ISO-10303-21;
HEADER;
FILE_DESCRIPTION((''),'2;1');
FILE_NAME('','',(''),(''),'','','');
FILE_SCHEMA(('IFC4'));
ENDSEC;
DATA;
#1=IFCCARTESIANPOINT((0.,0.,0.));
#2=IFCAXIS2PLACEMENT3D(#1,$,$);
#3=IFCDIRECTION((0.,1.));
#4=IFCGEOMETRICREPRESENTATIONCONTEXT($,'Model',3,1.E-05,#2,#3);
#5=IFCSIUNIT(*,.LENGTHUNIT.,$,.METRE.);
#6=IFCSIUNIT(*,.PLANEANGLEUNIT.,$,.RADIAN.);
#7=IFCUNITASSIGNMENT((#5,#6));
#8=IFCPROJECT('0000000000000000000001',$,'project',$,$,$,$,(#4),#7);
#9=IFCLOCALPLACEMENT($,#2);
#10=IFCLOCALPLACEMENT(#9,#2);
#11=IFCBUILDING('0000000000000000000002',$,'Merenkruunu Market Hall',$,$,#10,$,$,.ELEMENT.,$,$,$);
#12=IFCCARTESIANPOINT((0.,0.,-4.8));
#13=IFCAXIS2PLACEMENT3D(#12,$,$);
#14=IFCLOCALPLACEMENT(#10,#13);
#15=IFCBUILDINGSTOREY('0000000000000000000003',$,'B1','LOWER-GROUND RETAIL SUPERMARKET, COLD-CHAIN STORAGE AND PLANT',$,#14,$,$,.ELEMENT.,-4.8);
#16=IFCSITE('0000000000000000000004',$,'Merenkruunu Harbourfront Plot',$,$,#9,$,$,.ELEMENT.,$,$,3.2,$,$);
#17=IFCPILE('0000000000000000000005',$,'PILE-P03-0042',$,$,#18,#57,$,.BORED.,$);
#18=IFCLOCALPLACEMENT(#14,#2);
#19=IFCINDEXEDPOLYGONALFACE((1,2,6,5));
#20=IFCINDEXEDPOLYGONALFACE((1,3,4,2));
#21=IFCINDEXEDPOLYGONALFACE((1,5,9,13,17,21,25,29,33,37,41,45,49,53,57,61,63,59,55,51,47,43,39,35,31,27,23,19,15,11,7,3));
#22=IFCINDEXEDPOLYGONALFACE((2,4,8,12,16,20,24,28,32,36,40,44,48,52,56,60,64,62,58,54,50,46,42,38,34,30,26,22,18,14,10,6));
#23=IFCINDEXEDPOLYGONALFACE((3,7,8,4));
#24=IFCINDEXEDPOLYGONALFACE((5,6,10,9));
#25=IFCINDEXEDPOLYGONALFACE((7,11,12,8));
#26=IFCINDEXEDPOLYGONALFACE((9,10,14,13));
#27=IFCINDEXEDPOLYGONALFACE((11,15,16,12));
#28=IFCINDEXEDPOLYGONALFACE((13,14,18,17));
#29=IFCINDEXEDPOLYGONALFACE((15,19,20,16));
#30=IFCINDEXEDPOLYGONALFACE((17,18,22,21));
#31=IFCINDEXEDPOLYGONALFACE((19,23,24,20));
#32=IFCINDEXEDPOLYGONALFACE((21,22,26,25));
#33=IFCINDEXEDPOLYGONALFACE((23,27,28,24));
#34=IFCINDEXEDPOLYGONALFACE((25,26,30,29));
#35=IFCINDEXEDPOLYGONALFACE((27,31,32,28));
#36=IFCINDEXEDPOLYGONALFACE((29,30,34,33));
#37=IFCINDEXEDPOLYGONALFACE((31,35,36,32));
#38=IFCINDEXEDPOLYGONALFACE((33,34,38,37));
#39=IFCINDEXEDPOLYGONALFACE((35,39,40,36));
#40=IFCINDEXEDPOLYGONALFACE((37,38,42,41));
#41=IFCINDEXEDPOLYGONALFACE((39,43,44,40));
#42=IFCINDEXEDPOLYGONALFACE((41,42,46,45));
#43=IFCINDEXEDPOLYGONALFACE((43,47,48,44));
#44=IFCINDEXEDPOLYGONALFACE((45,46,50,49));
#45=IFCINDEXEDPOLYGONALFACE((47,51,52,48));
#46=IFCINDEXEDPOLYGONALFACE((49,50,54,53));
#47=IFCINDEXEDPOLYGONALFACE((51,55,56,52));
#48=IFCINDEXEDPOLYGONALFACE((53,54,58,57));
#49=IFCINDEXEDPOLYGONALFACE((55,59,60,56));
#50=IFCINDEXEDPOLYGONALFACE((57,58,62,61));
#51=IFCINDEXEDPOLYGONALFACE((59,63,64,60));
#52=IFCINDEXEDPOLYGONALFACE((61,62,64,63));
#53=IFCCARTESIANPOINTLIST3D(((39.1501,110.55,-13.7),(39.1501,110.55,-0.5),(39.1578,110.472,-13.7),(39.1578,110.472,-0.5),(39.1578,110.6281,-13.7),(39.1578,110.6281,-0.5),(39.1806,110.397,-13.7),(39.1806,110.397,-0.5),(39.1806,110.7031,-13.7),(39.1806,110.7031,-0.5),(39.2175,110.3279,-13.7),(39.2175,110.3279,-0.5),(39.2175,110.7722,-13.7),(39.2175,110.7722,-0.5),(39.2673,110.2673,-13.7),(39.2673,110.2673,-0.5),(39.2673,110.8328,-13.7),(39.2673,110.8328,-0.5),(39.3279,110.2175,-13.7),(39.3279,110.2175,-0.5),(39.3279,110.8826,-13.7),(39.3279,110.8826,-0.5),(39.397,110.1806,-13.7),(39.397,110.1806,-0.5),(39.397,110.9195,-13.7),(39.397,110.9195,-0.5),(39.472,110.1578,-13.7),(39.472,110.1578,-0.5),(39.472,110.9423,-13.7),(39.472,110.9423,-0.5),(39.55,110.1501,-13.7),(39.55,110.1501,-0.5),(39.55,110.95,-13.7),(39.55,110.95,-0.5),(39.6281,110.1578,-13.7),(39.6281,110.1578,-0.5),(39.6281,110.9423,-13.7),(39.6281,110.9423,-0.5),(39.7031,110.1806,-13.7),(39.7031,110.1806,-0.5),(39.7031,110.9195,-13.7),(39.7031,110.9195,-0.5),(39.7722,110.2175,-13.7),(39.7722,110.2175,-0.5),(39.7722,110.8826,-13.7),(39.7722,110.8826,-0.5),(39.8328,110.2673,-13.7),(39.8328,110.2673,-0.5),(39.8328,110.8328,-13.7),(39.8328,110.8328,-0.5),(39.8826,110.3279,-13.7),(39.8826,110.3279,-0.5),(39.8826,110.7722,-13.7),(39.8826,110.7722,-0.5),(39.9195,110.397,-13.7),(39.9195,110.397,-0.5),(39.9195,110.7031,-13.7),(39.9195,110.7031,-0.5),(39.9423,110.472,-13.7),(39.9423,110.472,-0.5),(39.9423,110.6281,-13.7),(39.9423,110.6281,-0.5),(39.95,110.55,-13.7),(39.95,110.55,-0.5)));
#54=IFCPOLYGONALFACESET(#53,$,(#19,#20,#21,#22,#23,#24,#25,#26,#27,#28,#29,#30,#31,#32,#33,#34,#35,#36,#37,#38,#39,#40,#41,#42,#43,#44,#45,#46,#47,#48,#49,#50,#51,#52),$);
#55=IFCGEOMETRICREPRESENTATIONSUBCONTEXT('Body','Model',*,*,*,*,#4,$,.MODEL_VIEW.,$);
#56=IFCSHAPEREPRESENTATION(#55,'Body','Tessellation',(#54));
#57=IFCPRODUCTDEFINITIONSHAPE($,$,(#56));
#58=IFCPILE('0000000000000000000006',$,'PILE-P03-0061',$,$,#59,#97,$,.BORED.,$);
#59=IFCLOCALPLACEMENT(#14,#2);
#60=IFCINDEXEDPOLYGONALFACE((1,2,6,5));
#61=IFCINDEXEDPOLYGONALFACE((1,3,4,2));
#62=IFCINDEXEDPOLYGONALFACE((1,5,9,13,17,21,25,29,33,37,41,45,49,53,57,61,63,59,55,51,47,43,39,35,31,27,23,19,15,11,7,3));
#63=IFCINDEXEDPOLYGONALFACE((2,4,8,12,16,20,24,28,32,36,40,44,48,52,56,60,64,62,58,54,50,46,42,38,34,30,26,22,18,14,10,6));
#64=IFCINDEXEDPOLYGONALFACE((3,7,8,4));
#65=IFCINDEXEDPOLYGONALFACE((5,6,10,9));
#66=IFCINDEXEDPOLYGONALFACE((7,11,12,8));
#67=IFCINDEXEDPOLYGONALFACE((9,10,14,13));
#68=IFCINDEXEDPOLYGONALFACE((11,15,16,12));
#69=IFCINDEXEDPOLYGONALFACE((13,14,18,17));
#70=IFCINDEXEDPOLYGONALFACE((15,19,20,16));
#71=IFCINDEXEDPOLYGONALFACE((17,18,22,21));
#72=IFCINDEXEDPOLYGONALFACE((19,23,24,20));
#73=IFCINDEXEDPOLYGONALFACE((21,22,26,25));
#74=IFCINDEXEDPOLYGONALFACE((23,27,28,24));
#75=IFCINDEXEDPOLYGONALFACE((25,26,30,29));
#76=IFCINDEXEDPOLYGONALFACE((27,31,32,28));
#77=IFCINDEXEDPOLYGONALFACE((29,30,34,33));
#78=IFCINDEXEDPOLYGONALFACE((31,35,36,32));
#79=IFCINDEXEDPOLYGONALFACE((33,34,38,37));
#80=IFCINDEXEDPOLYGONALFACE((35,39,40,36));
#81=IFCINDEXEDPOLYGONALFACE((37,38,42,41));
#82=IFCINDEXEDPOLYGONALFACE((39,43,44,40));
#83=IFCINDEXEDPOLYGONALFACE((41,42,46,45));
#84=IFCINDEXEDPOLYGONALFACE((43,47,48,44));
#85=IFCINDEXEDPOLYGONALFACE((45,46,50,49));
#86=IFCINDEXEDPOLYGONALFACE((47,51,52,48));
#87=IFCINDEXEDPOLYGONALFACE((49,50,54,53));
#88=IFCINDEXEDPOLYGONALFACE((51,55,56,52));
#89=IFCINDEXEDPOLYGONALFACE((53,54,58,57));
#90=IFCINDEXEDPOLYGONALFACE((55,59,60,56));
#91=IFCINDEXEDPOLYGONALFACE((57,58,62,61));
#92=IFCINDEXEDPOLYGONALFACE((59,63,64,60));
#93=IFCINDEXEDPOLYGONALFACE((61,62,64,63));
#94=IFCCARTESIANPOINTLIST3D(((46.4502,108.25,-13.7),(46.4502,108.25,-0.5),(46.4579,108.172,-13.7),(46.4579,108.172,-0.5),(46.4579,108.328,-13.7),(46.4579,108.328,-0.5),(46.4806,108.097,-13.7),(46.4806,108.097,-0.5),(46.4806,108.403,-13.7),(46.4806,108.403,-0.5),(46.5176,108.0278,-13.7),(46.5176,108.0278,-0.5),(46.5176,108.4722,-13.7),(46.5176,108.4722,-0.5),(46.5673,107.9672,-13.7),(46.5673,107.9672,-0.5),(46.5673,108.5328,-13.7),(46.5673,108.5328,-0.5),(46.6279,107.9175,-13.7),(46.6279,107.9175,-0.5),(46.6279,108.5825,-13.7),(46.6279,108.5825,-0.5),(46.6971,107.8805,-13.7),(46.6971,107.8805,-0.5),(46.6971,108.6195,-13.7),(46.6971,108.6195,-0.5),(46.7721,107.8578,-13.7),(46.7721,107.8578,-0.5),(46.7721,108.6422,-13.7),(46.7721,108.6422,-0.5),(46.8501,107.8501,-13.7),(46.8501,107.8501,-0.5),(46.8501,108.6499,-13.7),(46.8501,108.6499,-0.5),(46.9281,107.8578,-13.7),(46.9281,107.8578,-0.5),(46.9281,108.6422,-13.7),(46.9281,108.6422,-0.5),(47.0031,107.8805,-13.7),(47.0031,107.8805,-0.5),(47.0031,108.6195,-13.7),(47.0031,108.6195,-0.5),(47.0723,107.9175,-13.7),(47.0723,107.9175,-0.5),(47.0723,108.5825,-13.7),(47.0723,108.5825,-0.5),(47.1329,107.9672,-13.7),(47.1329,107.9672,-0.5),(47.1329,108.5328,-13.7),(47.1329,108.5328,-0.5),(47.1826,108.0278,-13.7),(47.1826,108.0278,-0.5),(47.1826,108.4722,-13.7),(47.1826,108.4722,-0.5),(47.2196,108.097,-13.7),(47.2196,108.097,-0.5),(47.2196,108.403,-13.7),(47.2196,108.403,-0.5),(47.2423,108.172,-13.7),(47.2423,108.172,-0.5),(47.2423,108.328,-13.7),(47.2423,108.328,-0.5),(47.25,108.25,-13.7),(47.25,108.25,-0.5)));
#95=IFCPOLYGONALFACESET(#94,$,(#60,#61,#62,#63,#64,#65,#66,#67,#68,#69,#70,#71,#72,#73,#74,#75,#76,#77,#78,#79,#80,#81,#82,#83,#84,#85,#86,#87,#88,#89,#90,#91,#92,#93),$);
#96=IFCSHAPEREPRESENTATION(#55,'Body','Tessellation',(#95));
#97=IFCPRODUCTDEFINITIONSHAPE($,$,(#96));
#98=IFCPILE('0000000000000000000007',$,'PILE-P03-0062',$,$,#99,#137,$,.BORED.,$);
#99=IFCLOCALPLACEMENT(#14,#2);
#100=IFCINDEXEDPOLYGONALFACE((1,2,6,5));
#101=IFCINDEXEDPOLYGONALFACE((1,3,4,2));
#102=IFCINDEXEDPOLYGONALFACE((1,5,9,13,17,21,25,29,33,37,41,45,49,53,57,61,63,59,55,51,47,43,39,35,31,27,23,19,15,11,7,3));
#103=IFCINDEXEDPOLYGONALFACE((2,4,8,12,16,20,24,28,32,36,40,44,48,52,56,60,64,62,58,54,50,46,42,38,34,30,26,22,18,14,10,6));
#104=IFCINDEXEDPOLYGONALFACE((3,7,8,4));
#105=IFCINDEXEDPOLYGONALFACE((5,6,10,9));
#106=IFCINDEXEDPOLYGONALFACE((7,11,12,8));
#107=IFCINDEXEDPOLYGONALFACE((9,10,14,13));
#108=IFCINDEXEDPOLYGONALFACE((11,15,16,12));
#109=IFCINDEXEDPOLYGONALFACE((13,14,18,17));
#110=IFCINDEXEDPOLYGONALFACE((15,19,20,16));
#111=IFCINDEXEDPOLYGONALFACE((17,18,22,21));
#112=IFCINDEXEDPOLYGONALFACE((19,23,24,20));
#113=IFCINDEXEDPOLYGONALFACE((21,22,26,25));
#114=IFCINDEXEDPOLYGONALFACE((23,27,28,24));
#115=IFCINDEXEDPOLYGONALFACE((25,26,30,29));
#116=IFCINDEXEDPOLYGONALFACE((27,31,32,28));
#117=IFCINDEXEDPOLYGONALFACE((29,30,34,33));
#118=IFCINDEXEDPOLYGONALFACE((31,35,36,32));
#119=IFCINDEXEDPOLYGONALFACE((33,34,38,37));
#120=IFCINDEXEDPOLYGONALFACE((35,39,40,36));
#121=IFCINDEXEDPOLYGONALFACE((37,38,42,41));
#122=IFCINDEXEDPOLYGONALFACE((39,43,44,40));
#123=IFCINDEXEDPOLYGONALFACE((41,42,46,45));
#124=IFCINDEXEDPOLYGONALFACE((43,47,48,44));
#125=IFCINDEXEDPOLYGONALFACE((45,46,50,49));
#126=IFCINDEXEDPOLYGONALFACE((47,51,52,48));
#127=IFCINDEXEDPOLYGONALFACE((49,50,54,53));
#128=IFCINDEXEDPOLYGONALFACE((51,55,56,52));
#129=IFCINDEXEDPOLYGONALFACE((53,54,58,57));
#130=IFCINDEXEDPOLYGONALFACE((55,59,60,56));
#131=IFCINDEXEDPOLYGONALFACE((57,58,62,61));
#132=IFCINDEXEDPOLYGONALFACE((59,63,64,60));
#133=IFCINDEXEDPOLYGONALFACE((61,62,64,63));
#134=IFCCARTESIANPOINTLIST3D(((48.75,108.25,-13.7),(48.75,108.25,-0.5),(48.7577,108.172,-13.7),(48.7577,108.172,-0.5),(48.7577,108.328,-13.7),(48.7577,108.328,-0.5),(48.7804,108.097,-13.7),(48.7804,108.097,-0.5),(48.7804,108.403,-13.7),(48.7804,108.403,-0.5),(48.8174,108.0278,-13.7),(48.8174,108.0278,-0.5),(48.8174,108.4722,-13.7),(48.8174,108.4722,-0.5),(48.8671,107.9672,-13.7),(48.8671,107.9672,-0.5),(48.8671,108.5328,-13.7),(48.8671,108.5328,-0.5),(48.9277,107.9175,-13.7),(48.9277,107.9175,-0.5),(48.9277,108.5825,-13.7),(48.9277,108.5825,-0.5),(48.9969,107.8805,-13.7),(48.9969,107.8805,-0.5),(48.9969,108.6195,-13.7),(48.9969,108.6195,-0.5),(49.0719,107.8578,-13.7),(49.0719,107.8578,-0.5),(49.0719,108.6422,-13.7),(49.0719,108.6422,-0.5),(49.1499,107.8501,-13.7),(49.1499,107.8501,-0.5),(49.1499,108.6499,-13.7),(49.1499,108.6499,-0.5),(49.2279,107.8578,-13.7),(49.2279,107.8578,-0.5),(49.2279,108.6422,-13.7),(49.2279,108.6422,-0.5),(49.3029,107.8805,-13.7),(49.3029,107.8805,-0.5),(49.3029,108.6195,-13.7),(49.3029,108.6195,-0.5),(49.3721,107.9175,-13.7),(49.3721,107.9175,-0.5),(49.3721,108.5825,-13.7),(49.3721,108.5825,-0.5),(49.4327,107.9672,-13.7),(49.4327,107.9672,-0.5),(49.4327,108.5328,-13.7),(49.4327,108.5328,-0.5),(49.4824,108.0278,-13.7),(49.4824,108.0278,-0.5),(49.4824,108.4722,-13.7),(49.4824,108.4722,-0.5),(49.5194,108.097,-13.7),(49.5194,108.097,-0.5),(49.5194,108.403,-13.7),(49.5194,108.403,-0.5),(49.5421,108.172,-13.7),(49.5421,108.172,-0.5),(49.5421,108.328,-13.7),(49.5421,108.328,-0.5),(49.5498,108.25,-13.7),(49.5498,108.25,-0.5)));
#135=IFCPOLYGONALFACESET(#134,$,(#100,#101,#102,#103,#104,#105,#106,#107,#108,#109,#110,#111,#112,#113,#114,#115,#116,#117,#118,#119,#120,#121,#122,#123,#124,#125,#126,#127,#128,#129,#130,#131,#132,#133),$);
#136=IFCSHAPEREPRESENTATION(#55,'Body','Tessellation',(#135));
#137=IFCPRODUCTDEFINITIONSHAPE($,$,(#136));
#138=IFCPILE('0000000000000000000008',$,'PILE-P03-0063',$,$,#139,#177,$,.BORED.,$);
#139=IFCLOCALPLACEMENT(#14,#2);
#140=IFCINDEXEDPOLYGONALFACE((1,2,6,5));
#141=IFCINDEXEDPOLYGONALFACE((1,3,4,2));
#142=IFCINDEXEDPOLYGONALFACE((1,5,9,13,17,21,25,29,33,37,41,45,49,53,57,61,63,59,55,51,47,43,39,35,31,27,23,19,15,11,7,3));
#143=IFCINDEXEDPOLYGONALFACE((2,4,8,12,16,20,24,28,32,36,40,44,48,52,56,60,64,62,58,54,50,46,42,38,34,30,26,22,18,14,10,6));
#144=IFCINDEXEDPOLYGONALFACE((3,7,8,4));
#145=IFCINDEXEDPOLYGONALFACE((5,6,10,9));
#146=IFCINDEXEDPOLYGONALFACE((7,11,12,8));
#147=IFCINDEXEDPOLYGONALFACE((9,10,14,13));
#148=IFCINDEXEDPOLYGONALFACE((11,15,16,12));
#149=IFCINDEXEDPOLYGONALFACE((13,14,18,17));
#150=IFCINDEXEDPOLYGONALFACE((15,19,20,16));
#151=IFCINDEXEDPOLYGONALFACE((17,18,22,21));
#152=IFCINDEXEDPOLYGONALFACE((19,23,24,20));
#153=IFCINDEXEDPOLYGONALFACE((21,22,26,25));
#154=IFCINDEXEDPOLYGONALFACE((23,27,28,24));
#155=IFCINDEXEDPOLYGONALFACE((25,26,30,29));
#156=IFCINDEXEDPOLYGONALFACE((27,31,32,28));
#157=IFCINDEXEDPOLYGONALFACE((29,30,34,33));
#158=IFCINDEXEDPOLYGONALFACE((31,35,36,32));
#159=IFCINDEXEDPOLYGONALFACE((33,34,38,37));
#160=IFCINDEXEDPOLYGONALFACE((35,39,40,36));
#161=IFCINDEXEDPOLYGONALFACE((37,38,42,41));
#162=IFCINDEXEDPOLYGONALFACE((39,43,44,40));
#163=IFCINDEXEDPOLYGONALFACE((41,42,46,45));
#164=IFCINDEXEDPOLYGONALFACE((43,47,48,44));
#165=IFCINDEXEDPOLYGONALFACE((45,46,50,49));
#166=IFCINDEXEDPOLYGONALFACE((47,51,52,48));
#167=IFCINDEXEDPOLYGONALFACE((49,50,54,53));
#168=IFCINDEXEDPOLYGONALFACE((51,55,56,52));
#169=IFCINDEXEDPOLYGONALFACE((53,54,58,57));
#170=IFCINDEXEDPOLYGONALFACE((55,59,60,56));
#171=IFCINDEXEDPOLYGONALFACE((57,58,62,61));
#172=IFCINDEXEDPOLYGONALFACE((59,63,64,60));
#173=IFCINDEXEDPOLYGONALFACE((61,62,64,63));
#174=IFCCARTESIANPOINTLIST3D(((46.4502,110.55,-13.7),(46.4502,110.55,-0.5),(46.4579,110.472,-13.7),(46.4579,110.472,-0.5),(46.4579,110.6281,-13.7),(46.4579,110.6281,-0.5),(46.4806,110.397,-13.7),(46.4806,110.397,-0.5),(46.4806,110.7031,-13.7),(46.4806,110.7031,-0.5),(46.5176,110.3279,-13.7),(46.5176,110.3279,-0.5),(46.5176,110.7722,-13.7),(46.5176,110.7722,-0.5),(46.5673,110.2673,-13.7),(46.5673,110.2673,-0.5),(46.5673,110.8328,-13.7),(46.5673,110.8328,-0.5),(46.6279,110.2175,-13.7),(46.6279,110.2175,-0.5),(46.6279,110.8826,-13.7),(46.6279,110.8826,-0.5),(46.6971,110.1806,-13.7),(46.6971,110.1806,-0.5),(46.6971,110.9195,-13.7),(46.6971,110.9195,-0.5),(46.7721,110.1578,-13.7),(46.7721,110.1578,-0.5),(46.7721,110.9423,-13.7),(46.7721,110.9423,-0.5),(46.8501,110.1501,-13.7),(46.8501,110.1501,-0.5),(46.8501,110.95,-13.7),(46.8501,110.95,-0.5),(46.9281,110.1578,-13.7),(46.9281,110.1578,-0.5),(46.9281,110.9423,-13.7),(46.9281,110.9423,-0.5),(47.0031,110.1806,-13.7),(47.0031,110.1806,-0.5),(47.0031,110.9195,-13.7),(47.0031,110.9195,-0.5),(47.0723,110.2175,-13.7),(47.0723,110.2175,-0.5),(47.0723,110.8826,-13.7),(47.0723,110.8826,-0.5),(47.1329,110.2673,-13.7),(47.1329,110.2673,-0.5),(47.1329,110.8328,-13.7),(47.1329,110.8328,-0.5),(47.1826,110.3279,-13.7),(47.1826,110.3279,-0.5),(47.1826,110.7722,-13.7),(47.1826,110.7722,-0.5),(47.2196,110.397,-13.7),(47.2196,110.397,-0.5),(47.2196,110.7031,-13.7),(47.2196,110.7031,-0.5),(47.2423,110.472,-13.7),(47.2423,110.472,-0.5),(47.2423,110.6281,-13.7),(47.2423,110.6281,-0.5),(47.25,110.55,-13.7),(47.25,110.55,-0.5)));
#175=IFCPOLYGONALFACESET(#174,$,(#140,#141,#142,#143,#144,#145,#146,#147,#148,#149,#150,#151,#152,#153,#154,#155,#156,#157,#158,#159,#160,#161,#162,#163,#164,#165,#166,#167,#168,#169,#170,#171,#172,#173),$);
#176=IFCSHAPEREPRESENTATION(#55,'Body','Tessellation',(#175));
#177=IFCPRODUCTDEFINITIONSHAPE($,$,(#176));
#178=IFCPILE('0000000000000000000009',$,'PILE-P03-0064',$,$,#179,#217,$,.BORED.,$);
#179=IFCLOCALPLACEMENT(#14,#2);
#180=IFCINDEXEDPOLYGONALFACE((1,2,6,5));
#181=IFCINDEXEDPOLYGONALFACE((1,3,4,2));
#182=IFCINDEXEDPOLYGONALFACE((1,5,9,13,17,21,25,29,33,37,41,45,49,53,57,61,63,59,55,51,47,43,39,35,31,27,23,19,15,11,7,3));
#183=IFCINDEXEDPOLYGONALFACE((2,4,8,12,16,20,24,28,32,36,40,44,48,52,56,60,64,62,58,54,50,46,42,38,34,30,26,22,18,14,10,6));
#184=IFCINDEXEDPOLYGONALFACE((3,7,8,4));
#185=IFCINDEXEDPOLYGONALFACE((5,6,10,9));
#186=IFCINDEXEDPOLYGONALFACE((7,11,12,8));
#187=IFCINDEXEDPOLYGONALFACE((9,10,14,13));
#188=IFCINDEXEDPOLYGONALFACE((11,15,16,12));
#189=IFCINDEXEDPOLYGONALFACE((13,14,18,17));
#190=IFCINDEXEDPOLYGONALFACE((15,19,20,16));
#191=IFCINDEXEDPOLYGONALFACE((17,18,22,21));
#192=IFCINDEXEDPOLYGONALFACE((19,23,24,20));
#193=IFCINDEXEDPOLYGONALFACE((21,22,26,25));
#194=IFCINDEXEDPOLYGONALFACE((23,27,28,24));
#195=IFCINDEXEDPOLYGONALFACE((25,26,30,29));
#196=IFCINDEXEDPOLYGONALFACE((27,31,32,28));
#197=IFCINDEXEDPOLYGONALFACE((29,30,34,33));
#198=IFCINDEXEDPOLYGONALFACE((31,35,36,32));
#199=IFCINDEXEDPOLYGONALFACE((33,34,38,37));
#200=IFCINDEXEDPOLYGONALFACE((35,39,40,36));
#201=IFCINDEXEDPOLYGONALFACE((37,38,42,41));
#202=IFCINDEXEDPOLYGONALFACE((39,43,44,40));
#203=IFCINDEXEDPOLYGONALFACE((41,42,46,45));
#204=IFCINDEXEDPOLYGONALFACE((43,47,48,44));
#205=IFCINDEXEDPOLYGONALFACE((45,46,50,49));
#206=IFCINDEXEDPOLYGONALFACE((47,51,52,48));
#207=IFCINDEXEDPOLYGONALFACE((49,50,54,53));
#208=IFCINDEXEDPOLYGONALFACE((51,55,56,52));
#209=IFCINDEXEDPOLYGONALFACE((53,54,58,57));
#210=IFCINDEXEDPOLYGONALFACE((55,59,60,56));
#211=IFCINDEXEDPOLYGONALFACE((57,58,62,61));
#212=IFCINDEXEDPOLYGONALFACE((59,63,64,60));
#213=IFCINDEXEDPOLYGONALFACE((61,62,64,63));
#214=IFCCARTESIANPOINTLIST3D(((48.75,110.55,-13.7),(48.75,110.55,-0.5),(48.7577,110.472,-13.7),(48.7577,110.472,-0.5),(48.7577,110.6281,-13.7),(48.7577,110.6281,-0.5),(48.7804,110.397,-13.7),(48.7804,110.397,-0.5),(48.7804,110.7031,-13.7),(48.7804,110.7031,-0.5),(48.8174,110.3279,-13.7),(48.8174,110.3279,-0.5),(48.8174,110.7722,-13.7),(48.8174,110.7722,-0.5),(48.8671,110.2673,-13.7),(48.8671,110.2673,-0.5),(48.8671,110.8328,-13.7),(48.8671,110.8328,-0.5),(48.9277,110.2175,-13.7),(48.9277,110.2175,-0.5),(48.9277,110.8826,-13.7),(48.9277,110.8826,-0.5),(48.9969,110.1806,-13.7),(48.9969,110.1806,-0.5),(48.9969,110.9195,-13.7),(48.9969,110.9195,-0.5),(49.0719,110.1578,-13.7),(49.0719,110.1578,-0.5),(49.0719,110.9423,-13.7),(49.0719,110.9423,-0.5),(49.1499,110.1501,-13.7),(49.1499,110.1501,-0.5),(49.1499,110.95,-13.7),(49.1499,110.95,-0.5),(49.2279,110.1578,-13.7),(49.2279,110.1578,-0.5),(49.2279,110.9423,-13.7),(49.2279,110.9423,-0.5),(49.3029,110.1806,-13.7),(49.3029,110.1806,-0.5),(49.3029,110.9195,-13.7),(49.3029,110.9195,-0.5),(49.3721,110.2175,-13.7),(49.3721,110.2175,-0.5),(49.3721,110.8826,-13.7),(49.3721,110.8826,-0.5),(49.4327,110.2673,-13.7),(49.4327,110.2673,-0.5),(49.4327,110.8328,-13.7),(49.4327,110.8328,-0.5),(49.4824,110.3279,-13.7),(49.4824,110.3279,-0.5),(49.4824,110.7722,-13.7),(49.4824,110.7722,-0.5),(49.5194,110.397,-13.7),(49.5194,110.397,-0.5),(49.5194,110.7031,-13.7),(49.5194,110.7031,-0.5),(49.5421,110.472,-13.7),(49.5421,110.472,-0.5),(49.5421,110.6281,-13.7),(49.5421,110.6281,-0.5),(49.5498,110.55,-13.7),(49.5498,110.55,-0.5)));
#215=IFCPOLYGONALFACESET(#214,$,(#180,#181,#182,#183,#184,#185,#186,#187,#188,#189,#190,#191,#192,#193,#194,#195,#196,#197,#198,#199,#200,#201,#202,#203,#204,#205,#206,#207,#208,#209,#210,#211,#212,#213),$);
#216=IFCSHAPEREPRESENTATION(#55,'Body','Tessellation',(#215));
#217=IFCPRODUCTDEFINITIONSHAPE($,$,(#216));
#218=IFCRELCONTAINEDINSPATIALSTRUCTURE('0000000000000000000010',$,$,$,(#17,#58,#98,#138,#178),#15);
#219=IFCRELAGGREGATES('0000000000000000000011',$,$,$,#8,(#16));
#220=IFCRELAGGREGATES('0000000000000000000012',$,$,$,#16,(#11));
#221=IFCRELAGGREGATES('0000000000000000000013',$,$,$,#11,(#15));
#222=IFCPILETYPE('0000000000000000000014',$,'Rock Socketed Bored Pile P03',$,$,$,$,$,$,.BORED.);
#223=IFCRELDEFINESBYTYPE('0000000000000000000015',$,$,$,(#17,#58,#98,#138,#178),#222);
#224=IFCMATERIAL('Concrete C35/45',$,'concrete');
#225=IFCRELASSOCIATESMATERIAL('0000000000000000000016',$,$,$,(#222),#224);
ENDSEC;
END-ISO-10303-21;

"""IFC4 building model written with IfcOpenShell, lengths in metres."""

from ifc_helpers import new_model, si_unit, direction, frame, origin, origin_2d, place, context, subcontext, project, spatial, circle, extrude, material, material_profile, profile_set, type_object, element, save


model = new_model("IFC4")

# Units and contexts
model_context = context("Model", 3, precision=1e-05, world=origin(), true_north=direction((0.0, 1.0)))
body_context = subcontext(model_context, "Body", "Model", "MODEL_VIEW")
ifc_project = project(units=[si_unit("LENGTHUNIT", "METRE"), si_unit("PLANEANGLEUNIT", "RADIAN")], contexts=[model_context])

# Site, building, storey
site_placement = place(None, origin())
site = spatial("IfcSite", under=ifc_project, at=site_placement, Name="Merenkruunu Harbourfront Plot", CompositionType="ELEMENT", RefElevation=3.2)
building_placement = place(site_placement, origin())
building = spatial("IfcBuilding", under=site, at=building_placement, Name="Merenkruunu Market Hall", CompositionType="ELEMENT")
storey_placement = place(building_placement, frame((0.0, 0.0, -4.8)))
storey = spatial("IfcBuildingStorey", under=building, at=storey_placement, Name="B1", Description="LOWER-GROUND RETAIL SUPERMARKET, COLD-CHAIN STORAGE AND PLANT", CompositionType="ELEMENT", Elevation=-4.8)

# Piles
ifc_material_1 = material(Name="Concrete C35/45", Category="concrete")
ifc_material_profile_1 = material_profile(ifc_material_1, circle(Radius=0.3999, at=origin_2d()), Name="BORED PILE 800")
ifc_profile_set_1 = profile_set([ifc_material_profile_1], Name="Concrete C35/45")
pile_type_1 = type_object("IfcPileType", Name="Rock Socketed Bored Pile P03", PredefinedType="BORED", material=ifc_profile_set_1)
for number, where, z_axis, x_axis, name in (
    (1, (39.55, 110.55, -0.5), (0.0, 0.0, -1.0), (1.0, 0.0, 0.0), "PILE-P03-0042"),
    (2, (46.8501, 108.25, -0.5), (0.0, 0.0, -1.0), (1.0, 0.0, 0.0), "PILE-P03-0061"),
    (3, (49.1499, 108.25, -0.5), (0.0, 0.0, -1.0), (1.0, 0.0, 0.0), "PILE-P03-0062"),
    (4, (46.8501, 110.55, -0.5), (0.0, 0.0, -1.0), (1.0, 0.0, 0.0), "PILE-P03-0063"),
    (5, (49.1499, 110.55, -0.5), (0.0, 0.0, -1.0), (1.0, 0.0, 0.0), "PILE-P03-0064"),
):
    element("IfcPile", number, at=place(storey_placement, frame(where, z_axis=z_axis, x_axis=x_axis)), inside=storey, type_object=pile_type_1, Name=name, PredefinedType="BORED", context=body_context, shape_type="SweptSolid", body=[
        extrude(circle(Radius=0.3999, at=origin_2d()), origin(), (0.0, 0.0, 1.0), 13.2),
    ])

save(model, "model.ifc")
